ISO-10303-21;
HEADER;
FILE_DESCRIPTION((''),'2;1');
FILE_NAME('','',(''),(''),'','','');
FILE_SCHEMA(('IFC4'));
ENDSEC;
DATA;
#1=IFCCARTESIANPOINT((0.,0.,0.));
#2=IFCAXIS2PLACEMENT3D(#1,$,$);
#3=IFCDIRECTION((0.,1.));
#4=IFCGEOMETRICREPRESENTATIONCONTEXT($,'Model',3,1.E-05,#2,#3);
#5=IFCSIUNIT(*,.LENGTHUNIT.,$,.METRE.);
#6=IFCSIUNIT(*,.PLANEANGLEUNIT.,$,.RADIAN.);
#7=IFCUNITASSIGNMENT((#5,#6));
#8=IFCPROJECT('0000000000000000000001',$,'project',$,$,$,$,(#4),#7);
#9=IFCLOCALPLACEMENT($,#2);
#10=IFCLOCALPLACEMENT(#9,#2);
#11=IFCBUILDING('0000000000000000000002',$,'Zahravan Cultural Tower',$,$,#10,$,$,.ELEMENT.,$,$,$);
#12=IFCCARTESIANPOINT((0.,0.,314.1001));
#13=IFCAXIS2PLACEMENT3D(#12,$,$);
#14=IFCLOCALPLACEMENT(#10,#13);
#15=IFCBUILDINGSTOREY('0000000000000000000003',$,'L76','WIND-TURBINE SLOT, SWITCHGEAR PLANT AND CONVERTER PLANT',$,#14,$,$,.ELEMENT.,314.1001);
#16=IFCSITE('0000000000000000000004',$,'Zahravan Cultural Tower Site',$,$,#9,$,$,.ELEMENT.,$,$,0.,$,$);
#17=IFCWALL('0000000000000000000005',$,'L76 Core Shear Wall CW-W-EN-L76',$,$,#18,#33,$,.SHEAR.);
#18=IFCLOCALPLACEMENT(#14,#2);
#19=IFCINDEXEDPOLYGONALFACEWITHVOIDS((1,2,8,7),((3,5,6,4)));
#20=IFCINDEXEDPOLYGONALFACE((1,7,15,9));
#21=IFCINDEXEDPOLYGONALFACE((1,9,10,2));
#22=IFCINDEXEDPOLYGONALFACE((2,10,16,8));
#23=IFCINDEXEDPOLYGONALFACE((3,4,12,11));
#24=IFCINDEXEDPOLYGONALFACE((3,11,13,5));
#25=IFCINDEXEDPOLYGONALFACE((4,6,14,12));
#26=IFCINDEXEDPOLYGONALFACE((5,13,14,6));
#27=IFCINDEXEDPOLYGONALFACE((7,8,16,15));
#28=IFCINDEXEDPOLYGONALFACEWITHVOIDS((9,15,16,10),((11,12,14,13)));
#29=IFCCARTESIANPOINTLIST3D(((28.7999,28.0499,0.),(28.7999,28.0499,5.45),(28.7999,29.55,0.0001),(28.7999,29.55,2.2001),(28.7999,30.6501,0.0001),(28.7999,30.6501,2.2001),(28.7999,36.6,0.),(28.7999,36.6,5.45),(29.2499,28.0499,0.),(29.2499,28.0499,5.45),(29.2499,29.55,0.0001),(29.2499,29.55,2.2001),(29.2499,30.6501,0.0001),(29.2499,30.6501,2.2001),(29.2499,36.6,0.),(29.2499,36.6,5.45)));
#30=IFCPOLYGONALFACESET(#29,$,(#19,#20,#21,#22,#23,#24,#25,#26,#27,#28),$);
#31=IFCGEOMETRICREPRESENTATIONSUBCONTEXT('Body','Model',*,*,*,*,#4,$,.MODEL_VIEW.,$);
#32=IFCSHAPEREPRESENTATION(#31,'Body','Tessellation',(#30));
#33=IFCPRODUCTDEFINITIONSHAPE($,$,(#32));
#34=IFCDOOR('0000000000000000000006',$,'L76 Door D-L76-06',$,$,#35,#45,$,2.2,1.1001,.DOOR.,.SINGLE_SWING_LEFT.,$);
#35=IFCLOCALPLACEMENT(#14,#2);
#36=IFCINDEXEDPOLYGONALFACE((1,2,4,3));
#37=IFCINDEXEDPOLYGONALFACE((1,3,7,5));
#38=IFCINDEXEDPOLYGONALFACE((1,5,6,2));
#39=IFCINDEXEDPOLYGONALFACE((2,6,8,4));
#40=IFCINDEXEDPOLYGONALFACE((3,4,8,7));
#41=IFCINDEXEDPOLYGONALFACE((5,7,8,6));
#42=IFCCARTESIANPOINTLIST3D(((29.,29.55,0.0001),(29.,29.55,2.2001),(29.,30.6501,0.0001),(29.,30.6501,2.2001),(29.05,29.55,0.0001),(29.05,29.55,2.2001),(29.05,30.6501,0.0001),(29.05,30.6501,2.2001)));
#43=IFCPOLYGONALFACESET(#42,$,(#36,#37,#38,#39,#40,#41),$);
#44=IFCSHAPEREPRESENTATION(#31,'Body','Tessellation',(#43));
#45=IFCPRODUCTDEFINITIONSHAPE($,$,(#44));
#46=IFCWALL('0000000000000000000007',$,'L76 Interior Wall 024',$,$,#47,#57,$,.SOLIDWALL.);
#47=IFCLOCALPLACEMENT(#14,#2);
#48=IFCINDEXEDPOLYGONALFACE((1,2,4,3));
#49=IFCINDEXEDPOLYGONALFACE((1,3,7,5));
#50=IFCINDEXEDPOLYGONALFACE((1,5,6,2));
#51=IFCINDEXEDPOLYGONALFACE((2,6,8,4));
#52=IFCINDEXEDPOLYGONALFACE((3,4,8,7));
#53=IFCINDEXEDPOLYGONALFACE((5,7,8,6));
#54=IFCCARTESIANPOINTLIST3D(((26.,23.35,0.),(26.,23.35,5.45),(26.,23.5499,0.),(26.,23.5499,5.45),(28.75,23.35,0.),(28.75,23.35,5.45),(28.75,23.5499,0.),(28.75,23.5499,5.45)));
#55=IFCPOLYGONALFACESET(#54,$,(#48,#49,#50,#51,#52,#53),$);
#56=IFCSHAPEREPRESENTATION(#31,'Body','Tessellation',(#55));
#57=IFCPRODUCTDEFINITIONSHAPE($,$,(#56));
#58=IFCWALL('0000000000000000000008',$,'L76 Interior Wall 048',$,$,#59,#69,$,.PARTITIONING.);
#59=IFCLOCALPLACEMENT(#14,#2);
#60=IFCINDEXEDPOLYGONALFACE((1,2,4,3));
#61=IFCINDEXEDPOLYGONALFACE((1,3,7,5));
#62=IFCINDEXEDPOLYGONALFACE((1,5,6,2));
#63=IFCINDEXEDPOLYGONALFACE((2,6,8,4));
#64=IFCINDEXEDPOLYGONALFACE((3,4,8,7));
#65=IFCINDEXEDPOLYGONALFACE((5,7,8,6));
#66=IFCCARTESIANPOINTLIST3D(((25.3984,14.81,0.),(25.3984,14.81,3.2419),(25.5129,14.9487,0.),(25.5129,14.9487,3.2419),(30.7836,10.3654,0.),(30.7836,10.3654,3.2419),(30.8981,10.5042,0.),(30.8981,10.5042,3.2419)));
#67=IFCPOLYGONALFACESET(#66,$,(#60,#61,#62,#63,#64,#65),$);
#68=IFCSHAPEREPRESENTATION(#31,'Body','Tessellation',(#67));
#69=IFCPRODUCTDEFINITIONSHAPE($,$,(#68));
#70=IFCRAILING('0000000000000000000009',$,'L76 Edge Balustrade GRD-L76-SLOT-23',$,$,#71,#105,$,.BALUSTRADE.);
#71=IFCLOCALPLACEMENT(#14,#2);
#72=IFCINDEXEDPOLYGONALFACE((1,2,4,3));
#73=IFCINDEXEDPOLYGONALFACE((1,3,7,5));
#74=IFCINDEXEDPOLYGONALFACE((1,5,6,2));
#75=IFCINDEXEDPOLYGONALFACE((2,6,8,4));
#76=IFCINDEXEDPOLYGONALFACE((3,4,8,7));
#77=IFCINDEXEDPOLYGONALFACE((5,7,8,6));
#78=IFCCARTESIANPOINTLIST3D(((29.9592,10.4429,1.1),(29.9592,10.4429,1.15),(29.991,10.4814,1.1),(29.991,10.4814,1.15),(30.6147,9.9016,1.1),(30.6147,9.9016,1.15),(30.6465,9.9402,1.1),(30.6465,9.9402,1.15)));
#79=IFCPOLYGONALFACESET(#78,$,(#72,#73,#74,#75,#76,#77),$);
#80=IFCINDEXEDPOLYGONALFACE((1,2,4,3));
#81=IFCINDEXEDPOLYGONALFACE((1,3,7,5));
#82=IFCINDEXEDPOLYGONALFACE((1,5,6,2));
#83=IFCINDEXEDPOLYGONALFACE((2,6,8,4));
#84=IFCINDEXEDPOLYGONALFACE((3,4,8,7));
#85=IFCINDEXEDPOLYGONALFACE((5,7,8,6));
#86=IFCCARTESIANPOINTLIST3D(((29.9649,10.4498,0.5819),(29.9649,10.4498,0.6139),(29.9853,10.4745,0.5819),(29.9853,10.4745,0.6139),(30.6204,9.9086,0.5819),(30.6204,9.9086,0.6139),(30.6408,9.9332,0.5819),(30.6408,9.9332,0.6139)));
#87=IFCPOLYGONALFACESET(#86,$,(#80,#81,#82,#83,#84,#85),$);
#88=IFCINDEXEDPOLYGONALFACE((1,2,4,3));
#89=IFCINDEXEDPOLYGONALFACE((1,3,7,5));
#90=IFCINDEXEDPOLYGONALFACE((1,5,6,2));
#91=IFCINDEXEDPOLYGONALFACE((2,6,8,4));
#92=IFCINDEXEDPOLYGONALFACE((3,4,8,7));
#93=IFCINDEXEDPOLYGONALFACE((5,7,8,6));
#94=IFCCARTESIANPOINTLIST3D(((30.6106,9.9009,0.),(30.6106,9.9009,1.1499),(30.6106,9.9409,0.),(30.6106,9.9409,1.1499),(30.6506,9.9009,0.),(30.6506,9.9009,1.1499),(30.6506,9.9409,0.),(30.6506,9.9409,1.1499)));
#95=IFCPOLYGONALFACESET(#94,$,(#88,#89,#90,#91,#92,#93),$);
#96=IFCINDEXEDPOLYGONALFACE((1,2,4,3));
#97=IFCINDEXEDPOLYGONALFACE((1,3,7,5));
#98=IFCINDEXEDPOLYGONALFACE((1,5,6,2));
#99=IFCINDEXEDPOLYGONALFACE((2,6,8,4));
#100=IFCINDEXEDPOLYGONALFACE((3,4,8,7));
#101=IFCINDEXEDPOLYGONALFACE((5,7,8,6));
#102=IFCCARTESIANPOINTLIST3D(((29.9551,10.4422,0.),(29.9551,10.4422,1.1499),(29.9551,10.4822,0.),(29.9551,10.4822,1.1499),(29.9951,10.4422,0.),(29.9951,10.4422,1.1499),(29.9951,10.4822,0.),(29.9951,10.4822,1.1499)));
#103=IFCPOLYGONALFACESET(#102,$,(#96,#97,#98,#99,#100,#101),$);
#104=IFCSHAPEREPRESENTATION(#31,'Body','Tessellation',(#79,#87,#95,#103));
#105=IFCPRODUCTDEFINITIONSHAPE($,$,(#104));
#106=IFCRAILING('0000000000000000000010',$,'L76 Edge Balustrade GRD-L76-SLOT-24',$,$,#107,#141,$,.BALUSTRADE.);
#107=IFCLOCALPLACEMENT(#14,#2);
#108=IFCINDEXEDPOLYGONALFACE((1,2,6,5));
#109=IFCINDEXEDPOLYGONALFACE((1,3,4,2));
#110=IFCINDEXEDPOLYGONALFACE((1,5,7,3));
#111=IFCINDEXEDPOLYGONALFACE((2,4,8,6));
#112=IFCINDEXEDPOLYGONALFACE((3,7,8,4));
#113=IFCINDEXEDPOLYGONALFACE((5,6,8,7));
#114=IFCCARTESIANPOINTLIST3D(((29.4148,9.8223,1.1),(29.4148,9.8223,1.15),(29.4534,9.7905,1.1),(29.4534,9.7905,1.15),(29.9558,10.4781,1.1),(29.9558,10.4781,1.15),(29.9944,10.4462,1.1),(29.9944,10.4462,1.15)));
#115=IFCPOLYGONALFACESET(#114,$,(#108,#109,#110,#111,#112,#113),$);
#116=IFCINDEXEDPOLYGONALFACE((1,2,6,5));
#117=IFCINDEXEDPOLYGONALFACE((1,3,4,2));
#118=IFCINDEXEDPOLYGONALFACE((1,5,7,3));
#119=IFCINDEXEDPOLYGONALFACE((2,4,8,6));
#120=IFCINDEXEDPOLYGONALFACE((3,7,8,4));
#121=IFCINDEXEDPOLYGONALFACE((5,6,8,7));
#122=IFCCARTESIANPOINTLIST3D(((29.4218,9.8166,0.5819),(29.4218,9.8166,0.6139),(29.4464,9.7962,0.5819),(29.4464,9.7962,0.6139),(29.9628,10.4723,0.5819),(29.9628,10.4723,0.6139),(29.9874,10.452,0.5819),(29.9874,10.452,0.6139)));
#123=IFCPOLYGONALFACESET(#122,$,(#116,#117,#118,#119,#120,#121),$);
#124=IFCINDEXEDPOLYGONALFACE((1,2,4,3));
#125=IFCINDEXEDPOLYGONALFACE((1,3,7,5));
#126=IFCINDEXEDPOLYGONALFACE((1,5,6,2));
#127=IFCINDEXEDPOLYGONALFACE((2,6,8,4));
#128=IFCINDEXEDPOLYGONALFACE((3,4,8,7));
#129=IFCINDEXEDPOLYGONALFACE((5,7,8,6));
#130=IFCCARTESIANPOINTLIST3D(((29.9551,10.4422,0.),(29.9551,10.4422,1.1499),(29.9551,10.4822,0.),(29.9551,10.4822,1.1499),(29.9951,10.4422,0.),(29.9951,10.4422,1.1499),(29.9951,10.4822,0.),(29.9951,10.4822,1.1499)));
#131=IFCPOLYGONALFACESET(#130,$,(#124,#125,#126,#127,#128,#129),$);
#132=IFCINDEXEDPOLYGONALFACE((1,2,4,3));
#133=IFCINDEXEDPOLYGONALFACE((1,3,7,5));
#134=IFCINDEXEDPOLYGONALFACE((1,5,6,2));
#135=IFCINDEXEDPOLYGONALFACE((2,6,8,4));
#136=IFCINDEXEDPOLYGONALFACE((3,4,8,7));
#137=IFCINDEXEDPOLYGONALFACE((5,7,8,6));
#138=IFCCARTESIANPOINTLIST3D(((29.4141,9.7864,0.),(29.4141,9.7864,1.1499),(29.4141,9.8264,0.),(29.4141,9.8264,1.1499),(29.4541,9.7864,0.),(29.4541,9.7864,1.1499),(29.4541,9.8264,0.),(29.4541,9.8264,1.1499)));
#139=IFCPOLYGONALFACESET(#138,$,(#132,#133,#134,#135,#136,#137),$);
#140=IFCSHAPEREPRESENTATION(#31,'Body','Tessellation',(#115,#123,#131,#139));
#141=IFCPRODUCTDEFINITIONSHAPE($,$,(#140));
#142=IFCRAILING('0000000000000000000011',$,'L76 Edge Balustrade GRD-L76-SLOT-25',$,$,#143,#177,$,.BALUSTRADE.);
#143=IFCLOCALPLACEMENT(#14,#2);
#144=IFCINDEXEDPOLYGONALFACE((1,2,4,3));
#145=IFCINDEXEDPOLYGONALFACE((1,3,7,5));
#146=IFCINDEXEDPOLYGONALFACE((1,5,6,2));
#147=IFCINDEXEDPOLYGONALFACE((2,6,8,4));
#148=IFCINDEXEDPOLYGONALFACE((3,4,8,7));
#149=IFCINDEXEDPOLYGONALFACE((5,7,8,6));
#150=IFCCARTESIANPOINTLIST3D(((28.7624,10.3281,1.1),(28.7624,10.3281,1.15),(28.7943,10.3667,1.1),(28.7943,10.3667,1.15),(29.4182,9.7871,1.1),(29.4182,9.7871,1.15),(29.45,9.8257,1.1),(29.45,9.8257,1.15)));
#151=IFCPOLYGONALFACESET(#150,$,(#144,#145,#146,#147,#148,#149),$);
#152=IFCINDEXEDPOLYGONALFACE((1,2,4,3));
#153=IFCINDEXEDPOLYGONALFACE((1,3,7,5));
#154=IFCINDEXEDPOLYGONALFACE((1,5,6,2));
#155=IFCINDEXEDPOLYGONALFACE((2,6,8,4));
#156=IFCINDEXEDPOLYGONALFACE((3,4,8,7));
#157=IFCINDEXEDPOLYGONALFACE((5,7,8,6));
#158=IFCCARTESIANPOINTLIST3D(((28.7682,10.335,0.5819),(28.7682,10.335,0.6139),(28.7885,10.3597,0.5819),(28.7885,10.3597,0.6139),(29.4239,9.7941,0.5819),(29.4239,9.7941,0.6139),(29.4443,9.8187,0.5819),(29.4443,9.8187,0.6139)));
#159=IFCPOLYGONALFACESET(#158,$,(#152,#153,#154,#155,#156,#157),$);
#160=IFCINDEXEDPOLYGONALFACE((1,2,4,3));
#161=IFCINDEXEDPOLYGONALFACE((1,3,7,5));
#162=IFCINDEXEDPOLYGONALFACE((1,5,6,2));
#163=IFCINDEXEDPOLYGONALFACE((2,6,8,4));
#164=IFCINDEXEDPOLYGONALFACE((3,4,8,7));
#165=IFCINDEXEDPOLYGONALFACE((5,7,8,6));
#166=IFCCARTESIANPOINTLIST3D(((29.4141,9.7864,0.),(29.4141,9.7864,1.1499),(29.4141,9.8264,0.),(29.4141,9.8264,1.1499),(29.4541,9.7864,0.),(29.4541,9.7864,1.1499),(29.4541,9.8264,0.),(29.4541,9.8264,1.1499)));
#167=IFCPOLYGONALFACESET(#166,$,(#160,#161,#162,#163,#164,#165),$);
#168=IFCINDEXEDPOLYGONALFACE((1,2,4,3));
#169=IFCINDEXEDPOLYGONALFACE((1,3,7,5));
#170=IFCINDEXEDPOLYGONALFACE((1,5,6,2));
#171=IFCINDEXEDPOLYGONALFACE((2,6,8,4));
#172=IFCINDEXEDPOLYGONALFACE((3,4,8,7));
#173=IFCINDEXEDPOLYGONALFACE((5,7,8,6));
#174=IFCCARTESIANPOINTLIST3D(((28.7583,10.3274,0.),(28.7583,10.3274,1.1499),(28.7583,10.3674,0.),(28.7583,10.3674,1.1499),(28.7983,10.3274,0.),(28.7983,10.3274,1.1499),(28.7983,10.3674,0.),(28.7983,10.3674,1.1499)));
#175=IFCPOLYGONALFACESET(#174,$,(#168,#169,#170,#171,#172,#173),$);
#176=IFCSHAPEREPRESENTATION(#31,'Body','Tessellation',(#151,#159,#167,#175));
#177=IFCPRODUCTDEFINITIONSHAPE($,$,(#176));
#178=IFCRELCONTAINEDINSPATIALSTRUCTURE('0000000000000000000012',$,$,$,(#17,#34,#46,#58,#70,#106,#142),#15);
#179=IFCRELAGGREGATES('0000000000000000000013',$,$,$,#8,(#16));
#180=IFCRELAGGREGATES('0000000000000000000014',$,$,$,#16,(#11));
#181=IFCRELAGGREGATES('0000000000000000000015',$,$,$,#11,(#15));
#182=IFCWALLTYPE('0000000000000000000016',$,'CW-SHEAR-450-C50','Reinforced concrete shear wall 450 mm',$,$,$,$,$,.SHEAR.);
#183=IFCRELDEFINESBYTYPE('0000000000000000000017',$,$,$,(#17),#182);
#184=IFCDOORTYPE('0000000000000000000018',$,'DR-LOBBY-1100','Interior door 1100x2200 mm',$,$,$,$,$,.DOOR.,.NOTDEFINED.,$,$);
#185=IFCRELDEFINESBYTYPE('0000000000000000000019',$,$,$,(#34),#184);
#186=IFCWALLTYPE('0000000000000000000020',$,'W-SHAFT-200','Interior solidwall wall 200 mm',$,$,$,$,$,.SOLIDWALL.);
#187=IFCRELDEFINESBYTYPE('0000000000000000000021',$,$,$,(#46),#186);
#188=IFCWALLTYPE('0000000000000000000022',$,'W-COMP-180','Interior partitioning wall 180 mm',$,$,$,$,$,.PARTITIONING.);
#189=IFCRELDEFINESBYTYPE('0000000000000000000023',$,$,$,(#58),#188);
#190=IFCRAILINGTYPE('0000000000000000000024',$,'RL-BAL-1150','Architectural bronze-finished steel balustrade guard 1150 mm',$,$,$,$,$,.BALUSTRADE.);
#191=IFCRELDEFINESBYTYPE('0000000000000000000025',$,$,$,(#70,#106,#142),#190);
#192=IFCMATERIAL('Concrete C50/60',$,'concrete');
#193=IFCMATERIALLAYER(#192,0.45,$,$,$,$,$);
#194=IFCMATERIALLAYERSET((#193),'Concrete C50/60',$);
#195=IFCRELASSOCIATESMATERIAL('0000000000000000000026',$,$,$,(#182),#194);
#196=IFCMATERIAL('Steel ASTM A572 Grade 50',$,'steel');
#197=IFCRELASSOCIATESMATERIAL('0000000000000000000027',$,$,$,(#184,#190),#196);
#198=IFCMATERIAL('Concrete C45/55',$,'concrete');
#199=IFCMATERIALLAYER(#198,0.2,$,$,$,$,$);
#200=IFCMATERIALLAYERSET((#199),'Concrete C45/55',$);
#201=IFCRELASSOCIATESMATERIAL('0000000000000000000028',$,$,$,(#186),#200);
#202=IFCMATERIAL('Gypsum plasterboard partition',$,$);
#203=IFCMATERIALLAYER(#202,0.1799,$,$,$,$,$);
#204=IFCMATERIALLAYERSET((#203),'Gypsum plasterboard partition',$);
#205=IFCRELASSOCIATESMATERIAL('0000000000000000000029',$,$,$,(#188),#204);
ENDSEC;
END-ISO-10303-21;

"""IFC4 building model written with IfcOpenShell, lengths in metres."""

from ifc_helpers import new_model, si_unit, direction, frame, frame_2d, origin, origin_2d, place, context, subcontext, project, spatial, rectangle, extrude, source, transform, mapped, material, layer, layer_set, type_object, element, fill, save


model = new_model("IFC4")

# Units and contexts
model_context = context("Model", 3, precision=1e-05, world=origin(), true_north=direction((0.0, 1.0)))
body_context = subcontext(model_context, "Body", "Model", "MODEL_VIEW")
ifc_project = project(units=[si_unit("LENGTHUNIT", "METRE"), si_unit("PLANEANGLEUNIT", "RADIAN")], contexts=[model_context])

# Site, building, storey
site_placement = place(None, origin())
site = spatial("IfcSite", under=ifc_project, at=site_placement, Name="Zahravan Cultural Tower Site", CompositionType="ELEMENT", RefElevation=0.0)
building_placement = place(site_placement, origin())
building = spatial("IfcBuilding", under=site, at=building_placement, Name="Zahravan Cultural Tower", CompositionType="ELEMENT")
storey_placement = place(building_placement, frame((0.0, 0.0, 314.1001)))
storey = spatial("IfcBuildingStorey", under=building, at=storey_placement, Name="L76", Description="WIND-TURBINE SLOT, SWITCHGEAR PLANT AND CONVERTER PLANT", CompositionType="ELEMENT", Elevation=314.1001)

# Shared definitions
ifc_material_1 = material(Name="Concrete C50/60", Category="concrete")

# Shared definitions
ifc_material_2 = material(Name="Steel ASTM A572 Grade 50", Category="steel")

# Shared definitions
ifc_layer_1 = layer(ifc_material_1, 0.45)
ifc_layer_set_1 = layer_set([ifc_layer_1], Name="Concrete C50/60")
wall_type_1 = type_object("IfcWallType", Name="CW-SHEAR-450-C50", Description="Reinforced concrete shear wall 450 mm", PredefinedType="SHEAR", material=ifc_layer_set_1)
door_type_1 = type_object("IfcDoorType", Name="DR-LOBBY-1100", Description="Interior door 1100x2200 mm", OperationType="NOTDEFINED", PredefinedType="DOOR", material=ifc_material_2)
shared_shape_1 = source(origin(), body_context, "Body", "SweptSolid", [
    extrude(rectangle(XDim=1.1001, YDim=2.2, at=frame_2d((0.55, 1.1001))), frame((0.0, 0.0249, 0.0), z_axis=(0.0, -1.0, 0.0), x_axis=(1.0, 0.0, 0.0)), (0.0, 0.0, 1.0), 0.05),
])

# Wall, opening, door
wall_1_placement = place(storey_placement, frame((29.0249, 28.05, 0.0), z_axis=(0.0, 0.0, 1.0), x_axis=(0.0, 1.0, 0.0)))
wall_1 = element("IfcWall", 1, at=wall_1_placement, inside=storey, type_object=wall_type_1, Name="L76 Core Shear Wall CW-W-EN-L76", PredefinedType="SHEAR", context=body_context, shape_type="SweptSolid", body=[
    extrude(rectangle(XDim=8.55, YDim=0.45, at=frame_2d((4.2749, 0.0))), origin(), (0.0, 0.0, 1.0), 5.45),
])
opening_1_placement = place(wall_1_placement, frame((1.5, 0.0, 0.0)))
opening_1 = element("IfcOpeningElement", 2, at=opening_1_placement, cuts=wall_1, PredefinedType="OPENING", context=body_context, shape_type="SweptSolid", body=[
    extrude(rectangle(XDim=1.1001, YDim=2.2, at=frame_2d((0.55, 1.1001))), frame((0.0, 0.2349, 0.0), z_axis=(0.0, -1.0, 0.0), x_axis=(1.0, 0.0, 0.0)), (0.0, 0.0, 1.0), 0.47),
])
door_1_placement = place(opening_1_placement, origin())
door_1 = element("IfcDoor", 3, at=door_1_placement, inside=storey, type_object=door_type_1, Name="L76 Door D-L76-06", OperationType="SINGLE_SWING_LEFT", OverallHeight=2.2, OverallWidth=1.1001, PredefinedType="DOOR", context=body_context, shape_type="MappedRepresentation", body=[
    mapped(shared_shape_1, transform((0.0, 0.0, 0.0), x_axis=(1.0, 0.0, 0.0), y_axis=(0.0, 1.0, 0.0), z_axis=(0.0, 0.0, 1.0), scale=1.0)),
])
fill(opening_1, door_1)

# Walls
ifc_material_3 = material(Name="Concrete C45/55", Category="concrete")
ifc_layer_2 = layer(ifc_material_3, 0.2)
ifc_layer_set_2 = layer_set([ifc_layer_2], Name="Concrete C45/55")
wall_type_2 = type_object("IfcWallType", Name="W-SHAFT-200", Description="Interior solidwall wall 200 mm", PredefinedType="SOLIDWALL", material=ifc_layer_set_2)
shared_shape_2 = source(origin(), body_context, "Body", "SweptSolid", [
    extrude(rectangle(XDim=2.75, YDim=0.2, at=frame_2d((1.375, 0.0))), origin(), (0.0, 0.0, 1.0), 5.45),
])
wall_2_placement = place(storey_placement, frame((26.0, 23.45, 0.0), z_axis=(0.0, 0.0, 1.0), x_axis=(1.0, 0.0, 0.0)))
element("IfcWall", 4, at=wall_2_placement, inside=storey, type_object=wall_type_2, Name="L76 Interior Wall 024", PredefinedType="SOLIDWALL", context=body_context, shape_type="MappedRepresentation", body=[
    mapped(shared_shape_2, transform((0.0, 0.0, 0.0), x_axis=(1.0, 0.0, 0.0), y_axis=(0.0, 1.0, 0.0), z_axis=(0.0, 0.0, 1.0), scale=1.0)),
])
ifc_material_4 = material(Name="Gypsum plasterboard partition")
ifc_layer_3 = layer(ifc_material_4, 0.1799)
ifc_layer_set_3 = layer_set([ifc_layer_3], Name="Gypsum plasterboard partition")
wall_type_3 = type_object("IfcWallType", Name="W-COMP-180", Description="Interior partitioning wall 180 mm", PredefinedType="PARTITIONING", material=ifc_layer_set_3)
shared_shape_3 = source(origin(), body_context, "Body", "SweptSolid", [
    extrude(rectangle(XDim=6.9824, YDim=0.1799, at=frame_2d((3.4912, 0.0))), origin(), (0.0, 0.0, 1.0), 3.2419),
])
wall_3_placement = place(storey_placement, frame((30.8408, 10.4348, 0.0), z_axis=(0.0, 0.0, 1.0), x_axis=(-0.771251, 0.636532, 0.0)))
element("IfcWall", 5, at=wall_3_placement, inside=storey, type_object=wall_type_3, Name="L76 Interior Wall 048", PredefinedType="PARTITIONING", context=body_context, shape_type="MappedRepresentation", body=[
    mapped(shared_shape_3, transform((0.0, 0.0, 0.0), x_axis=(1.0, 0.0, 0.0), y_axis=(0.0, 1.0, 0.0), z_axis=(0.0, 0.0, 1.0), scale=1.0)),
])

# Railings
railing_type = type_object("IfcRailingType", Name="RL-BAL-1150", Description="Architectural bronze-finished steel balustrade guard 1150 mm", PredefinedType="BALUSTRADE", material=ifc_material_2)
railing_1_placement = place(storey_placement, frame((30.6306, 9.9209, 0.0)))
element("IfcRailing", 6, at=railing_1_placement, inside=storey, type_object=railing_type, Name="L76 Edge Balustrade GRD-L76-SLOT-23", PredefinedType="BALUSTRADE", context=body_context, shape_type="SweptSolid", body=[
    extrude(rectangle(XDim=0.05, YDim=0.05, at=origin_2d()), frame((0.0, 0.0, 1.125), z_axis=(-0.771109, 0.636703, 0.0), x_axis=(-0.636703, -0.771109, 0.0)), (0.0, 0.0, 1.0), 0.8501),
    extrude(rectangle(XDim=0.032, YDim=0.032, at=origin_2d()), frame((0.0, 0.0, 0.5979), z_axis=(-0.771109, 0.636703, 0.0), x_axis=(-0.636703, -0.771109, 0.0)), (0.0, 0.0, 1.0), 0.8501),
    extrude(rectangle(XDim=0.04, YDim=0.04, at=origin_2d()), origin(), (0.0, 0.0, 1.0), 1.1499),
    extrude(rectangle(XDim=0.04, YDim=0.04, at=origin_2d()), frame((-0.6555, 0.5413, 0.0)), (0.0, 0.0, 1.0), 1.1499),
])
railing_2_placement = place(storey_placement, frame((29.9751, 10.4622, 0.0)))
element("IfcRailing", 7, at=railing_2_placement, inside=storey, type_object=railing_type, Name="L76 Edge Balustrade GRD-L76-SLOT-24", PredefinedType="BALUSTRADE", context=body_context, shape_type="SweptSolid", body=[
    extrude(rectangle(XDim=0.05, YDim=0.05, at=origin_2d()), frame((0.0, 0.0, 1.125), z_axis=(-0.636391, -0.771366, 0.0), x_axis=(0.771366, -0.636391, 0.0)), (0.0, 0.0, 1.0), 0.8501),
    extrude(rectangle(XDim=0.032, YDim=0.032, at=origin_2d()), frame((0.0, 0.0, 0.5979), z_axis=(-0.636391, -0.771366, 0.0), x_axis=(0.771366, -0.636391, 0.0)), (0.0, 0.0, 1.0), 0.8501),
    extrude(rectangle(XDim=0.04, YDim=0.04, at=origin_2d()), origin(), (0.0, 0.0, 1.0), 1.1499),
    extrude(rectangle(XDim=0.04, YDim=0.04, at=origin_2d()), frame((-0.541, -0.6558, 0.0)), (0.0, 0.0, 1.0), 1.1499),
])
railing_3_placement = place(storey_placement, frame((29.4341, 9.8064, 0.0)))
element("IfcRailing", 8, at=railing_3_placement, inside=storey, type_object=railing_type, Name="L76 Edge Balustrade GRD-L76-SLOT-25", PredefinedType="BALUSTRADE", context=body_context, shape_type="SweptSolid", body=[
    extrude(rectangle(XDim=0.05, YDim=0.05, at=origin_2d()), frame((0.0, 0.0, 1.125), z_axis=(-0.771366, 0.636391, 0.0), x_axis=(-0.636391, -0.771366, 0.0)), (0.0, 0.0, 1.0), 0.8501),
    extrude(rectangle(XDim=0.032, YDim=0.032, at=origin_2d()), frame((0.0, 0.0, 0.5979), z_axis=(-0.771366, 0.636391, 0.0), x_axis=(-0.636391, -0.771366, 0.0)), (0.0, 0.0, 1.0), 0.8501),
    extrude(rectangle(XDim=0.04, YDim=0.04, at=origin_2d()), origin(), (0.0, 0.0, 1.0), 1.1499),
    extrude(rectangle(XDim=0.04, YDim=0.04, at=origin_2d()), frame((-0.6558, 0.541, 0.0)), (0.0, 0.0, 1.0), 1.1499),
])

save(model, "model.ifc")
